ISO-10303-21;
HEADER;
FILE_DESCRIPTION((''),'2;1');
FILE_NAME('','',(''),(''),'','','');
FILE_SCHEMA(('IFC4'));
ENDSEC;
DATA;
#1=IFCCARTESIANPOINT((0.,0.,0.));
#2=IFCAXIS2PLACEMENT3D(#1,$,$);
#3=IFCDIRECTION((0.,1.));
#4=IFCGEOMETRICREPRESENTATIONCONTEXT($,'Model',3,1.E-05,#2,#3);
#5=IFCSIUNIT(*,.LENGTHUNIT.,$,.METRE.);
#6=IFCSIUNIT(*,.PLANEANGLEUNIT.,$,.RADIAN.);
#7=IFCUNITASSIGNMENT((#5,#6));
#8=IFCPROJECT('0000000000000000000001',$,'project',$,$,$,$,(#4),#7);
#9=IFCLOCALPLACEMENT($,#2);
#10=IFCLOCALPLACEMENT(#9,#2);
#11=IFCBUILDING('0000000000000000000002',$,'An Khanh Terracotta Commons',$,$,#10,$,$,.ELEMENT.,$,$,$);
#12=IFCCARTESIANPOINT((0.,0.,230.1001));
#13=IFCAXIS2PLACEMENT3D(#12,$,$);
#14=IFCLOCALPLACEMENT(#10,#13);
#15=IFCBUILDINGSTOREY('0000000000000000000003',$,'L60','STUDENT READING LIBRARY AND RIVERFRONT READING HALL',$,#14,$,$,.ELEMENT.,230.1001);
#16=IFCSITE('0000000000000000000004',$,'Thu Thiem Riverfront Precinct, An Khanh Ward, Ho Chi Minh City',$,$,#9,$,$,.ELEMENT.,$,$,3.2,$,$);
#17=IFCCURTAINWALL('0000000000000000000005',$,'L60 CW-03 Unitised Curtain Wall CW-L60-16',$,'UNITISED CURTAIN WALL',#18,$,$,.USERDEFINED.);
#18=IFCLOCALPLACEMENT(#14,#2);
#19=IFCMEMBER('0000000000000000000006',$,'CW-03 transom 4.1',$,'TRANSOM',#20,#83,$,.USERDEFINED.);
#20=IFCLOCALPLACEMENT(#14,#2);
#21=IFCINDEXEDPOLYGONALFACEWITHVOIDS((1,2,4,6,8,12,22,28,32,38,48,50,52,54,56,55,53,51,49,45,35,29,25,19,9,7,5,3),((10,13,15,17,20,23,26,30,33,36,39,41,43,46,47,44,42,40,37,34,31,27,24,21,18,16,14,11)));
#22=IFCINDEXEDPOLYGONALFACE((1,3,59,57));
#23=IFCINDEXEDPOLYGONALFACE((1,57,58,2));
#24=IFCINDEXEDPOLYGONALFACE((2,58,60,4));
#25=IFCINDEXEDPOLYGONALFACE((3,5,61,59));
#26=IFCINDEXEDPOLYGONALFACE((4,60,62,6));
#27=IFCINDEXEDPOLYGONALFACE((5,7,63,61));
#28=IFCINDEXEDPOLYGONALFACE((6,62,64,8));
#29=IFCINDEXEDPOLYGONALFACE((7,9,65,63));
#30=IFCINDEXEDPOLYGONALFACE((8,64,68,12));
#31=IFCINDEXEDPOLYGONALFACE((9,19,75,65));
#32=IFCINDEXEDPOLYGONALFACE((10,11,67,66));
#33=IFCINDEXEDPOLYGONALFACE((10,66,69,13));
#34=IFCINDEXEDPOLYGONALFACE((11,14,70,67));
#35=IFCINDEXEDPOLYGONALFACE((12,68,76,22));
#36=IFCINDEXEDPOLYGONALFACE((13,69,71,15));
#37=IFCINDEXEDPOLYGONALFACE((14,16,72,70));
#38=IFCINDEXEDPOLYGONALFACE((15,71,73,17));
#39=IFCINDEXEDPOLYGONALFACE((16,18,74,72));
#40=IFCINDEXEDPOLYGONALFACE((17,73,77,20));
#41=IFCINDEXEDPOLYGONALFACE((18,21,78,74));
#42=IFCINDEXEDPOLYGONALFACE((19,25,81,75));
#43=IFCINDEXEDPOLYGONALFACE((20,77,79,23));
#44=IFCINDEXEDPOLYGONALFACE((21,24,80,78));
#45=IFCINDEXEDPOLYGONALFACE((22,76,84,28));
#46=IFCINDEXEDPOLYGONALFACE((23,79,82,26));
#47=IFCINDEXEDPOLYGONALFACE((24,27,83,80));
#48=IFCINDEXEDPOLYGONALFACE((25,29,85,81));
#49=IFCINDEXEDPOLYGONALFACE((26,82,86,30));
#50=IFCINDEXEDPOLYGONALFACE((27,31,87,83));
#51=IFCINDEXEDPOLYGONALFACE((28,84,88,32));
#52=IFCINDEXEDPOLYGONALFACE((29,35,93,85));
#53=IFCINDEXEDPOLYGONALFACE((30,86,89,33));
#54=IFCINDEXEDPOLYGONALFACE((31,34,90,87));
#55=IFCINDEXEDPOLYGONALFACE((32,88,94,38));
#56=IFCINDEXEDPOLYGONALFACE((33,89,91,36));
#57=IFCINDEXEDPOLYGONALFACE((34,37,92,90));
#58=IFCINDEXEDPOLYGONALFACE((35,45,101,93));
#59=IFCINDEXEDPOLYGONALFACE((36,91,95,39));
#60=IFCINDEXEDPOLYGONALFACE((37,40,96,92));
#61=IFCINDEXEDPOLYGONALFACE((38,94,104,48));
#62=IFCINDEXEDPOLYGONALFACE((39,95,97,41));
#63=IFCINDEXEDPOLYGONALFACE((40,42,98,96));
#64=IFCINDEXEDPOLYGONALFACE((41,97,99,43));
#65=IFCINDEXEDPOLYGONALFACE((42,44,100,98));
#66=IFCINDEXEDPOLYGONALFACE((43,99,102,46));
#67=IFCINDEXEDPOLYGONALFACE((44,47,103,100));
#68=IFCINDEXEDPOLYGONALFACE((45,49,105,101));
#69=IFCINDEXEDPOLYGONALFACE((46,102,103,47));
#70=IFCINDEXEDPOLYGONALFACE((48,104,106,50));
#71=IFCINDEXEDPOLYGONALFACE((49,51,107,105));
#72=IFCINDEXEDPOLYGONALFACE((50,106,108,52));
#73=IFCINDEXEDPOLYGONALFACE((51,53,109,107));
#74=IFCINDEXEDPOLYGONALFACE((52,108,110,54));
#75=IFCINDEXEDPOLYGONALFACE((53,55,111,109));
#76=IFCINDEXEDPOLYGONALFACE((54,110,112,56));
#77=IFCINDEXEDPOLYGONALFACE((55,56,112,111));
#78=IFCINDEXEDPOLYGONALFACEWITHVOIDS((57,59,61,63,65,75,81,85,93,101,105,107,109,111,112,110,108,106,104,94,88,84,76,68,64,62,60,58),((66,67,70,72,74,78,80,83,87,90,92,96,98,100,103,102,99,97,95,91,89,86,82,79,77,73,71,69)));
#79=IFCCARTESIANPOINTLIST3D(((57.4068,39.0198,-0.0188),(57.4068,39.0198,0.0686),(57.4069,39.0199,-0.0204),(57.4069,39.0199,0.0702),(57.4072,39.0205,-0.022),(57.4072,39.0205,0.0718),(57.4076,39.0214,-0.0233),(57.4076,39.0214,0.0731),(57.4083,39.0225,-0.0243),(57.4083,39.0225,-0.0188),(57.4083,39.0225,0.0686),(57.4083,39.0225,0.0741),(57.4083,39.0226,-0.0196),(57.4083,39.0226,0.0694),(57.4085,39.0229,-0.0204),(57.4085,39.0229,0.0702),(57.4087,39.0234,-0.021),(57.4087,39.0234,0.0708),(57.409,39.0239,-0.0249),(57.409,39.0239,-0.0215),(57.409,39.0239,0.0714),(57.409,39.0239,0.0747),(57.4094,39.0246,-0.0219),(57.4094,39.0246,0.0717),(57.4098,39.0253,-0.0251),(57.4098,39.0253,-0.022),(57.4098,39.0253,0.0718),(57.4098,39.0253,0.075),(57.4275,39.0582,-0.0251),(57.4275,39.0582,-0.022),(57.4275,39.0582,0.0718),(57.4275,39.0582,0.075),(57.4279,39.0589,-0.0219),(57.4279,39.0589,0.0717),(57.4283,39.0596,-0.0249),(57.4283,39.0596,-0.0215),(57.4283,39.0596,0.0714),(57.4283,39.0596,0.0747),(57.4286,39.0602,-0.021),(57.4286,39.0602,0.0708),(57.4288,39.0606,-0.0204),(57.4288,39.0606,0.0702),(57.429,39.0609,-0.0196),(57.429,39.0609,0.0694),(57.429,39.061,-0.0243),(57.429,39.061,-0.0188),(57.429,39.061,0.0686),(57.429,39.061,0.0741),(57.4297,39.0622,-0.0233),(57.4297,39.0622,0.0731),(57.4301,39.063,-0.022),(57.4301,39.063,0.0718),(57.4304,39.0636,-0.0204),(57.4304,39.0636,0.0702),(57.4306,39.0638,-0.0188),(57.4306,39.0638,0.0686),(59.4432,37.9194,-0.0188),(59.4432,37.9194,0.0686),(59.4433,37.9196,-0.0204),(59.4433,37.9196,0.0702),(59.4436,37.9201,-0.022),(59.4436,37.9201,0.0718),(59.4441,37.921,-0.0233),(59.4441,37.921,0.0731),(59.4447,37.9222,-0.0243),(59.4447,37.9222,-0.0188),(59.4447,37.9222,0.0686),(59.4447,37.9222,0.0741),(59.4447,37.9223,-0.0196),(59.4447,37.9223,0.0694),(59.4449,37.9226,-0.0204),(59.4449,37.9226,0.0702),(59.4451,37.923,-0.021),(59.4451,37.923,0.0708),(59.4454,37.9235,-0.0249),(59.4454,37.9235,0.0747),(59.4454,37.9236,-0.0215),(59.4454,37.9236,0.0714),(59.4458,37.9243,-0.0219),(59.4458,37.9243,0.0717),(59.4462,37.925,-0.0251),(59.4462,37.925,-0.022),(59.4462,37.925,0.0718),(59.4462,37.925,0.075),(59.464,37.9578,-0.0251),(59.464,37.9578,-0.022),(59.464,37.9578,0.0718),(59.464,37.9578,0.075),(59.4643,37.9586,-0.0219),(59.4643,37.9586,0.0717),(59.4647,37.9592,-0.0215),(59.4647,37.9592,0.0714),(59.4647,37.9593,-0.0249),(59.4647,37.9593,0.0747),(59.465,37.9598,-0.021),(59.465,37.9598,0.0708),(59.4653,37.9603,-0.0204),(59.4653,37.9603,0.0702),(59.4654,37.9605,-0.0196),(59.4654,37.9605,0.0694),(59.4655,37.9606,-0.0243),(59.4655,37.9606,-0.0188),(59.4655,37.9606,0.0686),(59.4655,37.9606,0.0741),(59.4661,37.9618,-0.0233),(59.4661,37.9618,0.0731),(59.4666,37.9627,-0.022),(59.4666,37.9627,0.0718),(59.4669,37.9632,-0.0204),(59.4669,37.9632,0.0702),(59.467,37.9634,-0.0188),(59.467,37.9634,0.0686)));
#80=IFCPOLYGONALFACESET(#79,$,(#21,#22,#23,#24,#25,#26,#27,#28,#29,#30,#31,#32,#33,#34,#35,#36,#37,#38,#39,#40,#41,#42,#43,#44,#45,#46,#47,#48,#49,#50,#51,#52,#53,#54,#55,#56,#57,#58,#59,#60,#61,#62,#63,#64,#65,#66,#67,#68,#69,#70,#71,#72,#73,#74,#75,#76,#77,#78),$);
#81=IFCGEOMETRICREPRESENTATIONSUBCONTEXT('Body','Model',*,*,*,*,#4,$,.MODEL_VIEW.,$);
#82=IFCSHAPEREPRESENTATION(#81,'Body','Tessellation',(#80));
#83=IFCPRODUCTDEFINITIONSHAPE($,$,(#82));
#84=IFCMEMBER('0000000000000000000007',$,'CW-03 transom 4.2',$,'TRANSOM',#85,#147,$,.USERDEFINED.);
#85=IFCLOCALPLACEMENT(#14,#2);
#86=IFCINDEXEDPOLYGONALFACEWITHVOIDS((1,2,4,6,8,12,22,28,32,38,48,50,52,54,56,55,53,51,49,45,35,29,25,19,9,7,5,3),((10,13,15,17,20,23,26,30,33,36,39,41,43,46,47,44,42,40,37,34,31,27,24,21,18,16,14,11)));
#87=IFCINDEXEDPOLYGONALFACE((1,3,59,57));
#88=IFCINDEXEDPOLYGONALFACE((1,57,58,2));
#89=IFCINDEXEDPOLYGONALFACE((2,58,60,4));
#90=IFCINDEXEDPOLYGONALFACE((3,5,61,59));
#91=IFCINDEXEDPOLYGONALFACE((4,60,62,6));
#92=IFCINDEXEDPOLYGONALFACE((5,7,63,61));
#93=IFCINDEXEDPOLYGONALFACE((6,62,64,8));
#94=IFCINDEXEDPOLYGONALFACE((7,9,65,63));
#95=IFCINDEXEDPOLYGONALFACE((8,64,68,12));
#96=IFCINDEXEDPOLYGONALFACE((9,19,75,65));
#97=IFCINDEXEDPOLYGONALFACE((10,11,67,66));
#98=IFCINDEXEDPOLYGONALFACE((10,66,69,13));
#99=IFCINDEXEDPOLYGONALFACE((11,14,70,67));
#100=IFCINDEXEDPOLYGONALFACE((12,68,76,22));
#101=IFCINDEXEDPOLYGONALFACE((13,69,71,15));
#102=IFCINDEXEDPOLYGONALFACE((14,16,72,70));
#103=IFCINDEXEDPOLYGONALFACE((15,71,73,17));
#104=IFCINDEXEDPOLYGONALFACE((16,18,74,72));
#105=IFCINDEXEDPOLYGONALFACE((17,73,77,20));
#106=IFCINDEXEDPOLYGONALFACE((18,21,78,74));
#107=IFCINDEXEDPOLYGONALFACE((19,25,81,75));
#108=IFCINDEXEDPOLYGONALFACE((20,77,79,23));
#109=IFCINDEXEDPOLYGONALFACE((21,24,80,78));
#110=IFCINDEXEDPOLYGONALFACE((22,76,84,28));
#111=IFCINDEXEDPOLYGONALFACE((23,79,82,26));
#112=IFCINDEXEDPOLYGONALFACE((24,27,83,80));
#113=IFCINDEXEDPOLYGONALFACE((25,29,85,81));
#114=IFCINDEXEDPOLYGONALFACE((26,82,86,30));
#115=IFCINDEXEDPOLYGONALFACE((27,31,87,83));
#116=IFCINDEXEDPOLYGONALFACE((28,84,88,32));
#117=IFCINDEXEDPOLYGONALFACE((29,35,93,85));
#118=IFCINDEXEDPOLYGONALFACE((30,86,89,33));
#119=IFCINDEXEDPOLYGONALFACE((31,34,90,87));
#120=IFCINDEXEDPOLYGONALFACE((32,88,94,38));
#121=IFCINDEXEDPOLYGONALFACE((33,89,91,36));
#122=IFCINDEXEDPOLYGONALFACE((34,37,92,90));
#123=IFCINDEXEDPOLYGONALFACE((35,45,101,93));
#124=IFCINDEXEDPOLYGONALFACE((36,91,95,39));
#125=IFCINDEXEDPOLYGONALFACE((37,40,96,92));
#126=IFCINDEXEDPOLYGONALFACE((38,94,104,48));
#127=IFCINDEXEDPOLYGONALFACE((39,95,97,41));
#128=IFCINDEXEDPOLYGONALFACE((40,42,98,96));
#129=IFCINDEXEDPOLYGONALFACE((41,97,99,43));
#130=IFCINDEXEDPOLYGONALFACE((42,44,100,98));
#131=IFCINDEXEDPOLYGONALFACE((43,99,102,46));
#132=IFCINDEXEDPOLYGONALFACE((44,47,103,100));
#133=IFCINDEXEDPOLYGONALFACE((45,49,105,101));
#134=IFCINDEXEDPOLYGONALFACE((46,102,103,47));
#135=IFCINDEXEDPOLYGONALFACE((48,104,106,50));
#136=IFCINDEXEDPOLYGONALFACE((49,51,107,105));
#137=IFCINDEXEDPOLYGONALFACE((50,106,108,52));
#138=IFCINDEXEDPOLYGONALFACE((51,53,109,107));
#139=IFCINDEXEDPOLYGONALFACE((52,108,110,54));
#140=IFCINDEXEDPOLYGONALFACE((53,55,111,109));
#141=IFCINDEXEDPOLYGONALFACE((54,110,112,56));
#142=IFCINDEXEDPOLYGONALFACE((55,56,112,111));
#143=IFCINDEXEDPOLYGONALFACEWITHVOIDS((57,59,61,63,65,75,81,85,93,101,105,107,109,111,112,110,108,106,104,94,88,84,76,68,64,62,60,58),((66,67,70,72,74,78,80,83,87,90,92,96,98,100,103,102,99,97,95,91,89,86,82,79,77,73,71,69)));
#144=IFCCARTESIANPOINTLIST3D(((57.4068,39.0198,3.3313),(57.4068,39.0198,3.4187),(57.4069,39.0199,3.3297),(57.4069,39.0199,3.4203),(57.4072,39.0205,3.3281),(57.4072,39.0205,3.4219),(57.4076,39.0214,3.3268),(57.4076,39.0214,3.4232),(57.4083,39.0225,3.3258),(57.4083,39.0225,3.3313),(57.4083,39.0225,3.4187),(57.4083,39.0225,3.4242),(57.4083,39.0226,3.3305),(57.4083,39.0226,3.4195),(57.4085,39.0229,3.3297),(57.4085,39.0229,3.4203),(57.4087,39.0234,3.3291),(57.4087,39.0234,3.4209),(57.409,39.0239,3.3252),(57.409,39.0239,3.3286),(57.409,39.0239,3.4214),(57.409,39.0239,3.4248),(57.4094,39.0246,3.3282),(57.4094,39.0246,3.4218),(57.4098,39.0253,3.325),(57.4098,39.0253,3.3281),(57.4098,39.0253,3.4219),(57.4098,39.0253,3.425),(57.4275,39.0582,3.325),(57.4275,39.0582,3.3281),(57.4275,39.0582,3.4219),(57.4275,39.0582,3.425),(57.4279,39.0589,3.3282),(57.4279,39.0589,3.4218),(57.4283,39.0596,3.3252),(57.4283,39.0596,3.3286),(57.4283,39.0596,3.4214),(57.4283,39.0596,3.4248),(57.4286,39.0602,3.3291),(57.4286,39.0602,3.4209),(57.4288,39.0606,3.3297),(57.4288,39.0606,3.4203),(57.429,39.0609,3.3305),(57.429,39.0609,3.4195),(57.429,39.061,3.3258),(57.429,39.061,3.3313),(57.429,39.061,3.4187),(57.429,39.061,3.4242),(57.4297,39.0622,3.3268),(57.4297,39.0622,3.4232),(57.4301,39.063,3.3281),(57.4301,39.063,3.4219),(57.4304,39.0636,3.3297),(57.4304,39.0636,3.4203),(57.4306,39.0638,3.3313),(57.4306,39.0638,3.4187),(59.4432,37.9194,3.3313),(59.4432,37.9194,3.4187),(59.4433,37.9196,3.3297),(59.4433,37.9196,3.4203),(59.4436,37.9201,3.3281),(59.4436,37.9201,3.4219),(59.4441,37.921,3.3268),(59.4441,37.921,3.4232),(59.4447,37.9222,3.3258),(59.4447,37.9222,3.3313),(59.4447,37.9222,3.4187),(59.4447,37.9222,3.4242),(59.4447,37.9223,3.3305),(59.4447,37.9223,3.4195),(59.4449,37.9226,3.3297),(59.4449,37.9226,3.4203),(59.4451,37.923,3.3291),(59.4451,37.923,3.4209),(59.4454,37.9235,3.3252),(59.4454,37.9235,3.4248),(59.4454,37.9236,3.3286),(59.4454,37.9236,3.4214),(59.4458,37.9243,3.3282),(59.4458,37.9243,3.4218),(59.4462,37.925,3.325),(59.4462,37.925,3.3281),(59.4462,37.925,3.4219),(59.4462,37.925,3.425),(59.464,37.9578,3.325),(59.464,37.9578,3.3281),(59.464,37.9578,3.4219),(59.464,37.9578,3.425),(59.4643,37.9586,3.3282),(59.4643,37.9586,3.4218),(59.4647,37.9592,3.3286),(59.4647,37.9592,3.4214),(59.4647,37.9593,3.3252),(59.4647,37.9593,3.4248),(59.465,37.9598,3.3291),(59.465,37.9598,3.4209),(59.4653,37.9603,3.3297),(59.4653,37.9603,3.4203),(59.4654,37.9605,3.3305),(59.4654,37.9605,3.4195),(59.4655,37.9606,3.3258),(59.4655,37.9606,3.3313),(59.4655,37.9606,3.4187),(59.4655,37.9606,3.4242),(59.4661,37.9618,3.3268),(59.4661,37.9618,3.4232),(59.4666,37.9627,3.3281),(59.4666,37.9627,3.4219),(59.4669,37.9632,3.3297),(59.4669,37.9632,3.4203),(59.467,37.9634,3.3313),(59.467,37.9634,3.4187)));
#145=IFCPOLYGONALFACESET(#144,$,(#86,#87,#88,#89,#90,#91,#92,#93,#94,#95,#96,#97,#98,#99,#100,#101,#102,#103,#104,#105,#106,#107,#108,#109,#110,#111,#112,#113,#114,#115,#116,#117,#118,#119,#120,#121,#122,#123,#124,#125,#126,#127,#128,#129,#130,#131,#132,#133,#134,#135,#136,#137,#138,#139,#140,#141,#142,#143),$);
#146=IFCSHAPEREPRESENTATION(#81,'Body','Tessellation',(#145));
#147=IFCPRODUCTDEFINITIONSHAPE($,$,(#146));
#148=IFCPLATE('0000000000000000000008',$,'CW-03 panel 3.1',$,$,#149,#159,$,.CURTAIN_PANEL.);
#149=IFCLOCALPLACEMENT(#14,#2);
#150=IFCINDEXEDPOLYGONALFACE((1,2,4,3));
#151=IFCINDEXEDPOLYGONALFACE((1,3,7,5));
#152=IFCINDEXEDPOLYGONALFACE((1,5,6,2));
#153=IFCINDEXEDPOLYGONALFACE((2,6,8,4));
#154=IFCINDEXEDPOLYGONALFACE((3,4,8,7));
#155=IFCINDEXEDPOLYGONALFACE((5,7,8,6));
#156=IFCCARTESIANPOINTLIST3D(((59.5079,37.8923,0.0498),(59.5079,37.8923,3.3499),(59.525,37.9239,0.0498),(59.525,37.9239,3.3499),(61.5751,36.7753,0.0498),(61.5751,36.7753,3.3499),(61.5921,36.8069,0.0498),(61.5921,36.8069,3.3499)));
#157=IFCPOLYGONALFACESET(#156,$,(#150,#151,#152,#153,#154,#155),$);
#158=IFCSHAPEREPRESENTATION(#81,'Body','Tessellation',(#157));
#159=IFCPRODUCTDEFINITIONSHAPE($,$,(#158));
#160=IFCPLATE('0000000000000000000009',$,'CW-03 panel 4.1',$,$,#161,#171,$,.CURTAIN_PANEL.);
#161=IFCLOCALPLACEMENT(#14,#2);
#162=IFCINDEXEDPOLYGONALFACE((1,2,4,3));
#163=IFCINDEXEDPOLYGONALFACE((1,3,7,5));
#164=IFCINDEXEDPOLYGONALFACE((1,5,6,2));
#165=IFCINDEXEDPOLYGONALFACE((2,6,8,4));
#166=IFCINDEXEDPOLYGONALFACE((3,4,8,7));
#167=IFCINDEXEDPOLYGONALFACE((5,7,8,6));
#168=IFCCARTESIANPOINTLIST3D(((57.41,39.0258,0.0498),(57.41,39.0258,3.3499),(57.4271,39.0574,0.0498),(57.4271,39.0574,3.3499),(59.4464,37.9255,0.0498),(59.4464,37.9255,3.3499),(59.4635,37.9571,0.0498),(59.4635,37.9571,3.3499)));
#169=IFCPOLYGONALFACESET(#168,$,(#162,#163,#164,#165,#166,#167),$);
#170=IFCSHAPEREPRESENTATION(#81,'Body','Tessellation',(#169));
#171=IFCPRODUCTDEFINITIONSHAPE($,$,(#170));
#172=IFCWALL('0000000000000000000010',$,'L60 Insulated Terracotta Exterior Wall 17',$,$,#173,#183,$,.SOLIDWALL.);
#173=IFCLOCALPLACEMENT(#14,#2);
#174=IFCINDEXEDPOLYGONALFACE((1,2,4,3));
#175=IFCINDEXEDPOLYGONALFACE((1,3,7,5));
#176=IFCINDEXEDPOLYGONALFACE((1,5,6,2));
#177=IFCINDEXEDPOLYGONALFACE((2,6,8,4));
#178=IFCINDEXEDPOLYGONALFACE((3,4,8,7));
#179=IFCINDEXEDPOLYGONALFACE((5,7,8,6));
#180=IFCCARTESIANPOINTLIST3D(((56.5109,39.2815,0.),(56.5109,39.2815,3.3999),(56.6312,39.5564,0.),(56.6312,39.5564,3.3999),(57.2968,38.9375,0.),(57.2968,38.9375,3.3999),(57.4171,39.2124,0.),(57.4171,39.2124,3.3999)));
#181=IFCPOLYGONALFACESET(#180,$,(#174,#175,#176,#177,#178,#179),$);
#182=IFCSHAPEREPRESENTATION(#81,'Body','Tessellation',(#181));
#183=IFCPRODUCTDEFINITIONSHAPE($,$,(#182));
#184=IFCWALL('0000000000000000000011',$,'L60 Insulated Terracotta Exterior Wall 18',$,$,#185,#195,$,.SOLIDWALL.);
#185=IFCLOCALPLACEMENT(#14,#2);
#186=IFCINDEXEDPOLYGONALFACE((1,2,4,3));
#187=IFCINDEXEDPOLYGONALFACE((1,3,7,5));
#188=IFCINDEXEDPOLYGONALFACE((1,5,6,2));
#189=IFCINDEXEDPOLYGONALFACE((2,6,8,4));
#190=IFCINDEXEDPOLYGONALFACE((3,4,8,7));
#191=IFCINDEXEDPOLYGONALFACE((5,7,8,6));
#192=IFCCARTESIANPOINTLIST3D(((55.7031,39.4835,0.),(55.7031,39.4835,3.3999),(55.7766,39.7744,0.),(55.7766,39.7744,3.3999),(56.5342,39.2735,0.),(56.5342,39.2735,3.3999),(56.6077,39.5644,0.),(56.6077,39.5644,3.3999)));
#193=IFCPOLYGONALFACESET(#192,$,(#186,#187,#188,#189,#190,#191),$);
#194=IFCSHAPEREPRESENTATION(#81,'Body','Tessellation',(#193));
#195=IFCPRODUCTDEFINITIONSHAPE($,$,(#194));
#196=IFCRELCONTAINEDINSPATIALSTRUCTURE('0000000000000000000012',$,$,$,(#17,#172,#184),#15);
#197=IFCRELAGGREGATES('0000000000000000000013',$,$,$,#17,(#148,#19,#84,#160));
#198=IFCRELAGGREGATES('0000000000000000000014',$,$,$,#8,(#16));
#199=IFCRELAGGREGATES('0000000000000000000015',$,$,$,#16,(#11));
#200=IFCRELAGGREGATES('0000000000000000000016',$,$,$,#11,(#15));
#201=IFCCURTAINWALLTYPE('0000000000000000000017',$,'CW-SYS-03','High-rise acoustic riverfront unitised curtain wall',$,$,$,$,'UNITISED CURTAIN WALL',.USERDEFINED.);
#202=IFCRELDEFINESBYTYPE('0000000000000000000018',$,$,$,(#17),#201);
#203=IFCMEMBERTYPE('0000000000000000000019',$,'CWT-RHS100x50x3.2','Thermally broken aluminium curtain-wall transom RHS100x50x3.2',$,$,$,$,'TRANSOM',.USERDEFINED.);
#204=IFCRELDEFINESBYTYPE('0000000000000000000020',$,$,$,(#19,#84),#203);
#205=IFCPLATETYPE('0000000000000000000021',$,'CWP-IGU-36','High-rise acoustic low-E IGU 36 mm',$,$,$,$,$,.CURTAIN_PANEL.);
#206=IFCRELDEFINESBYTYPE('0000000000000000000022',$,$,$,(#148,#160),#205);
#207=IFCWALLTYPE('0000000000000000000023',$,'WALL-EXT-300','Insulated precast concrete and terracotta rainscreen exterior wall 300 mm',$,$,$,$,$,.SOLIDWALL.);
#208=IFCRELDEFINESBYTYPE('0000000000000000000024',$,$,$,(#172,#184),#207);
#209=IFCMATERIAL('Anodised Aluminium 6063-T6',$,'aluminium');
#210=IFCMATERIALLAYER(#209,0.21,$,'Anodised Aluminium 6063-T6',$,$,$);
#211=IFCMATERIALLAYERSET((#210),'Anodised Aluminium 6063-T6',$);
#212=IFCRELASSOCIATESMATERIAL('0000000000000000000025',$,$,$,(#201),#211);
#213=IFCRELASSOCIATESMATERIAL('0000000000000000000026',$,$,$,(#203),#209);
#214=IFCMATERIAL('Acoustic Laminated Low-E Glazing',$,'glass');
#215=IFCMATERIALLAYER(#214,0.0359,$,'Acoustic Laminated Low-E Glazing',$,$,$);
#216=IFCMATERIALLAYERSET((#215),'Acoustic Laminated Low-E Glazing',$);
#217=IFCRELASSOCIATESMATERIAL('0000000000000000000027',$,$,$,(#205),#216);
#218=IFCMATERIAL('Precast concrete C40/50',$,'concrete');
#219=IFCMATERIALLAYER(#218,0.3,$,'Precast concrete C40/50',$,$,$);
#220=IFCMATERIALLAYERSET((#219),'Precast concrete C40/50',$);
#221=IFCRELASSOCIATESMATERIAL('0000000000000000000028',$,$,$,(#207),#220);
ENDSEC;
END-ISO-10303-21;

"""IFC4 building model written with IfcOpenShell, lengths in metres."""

from ifc_helpers import new_model, si_unit, direction, frame, frame_2d, origin, origin_2d, place, context, subcontext, project, spatial, rectangle, hollow_rectangle, extrude, material, layer, layer_set, material_profile, profile_set, type_object, element, aggregate, save


model = new_model("IFC4")

# Units and contexts
model_context = context("Model", 3, precision=1e-05, world=origin(), true_north=direction((0.0, 1.0)))
body_context = subcontext(model_context, "Body", "Model", "MODEL_VIEW")
ifc_project = project(units=[si_unit("LENGTHUNIT", "METRE"), si_unit("PLANEANGLEUNIT", "RADIAN")], contexts=[model_context])

# Site, building, storey
site_placement = place(None, origin())
site = spatial("IfcSite", under=ifc_project, at=site_placement, Name="Thu Thiem Riverfront Precinct, An Khanh Ward, Ho Chi Minh City", CompositionType="ELEMENT", RefElevation=3.2)
building_placement = place(site_placement, origin())
building = spatial("IfcBuilding", under=site, at=building_placement, Name="An Khanh Terracotta Commons", CompositionType="ELEMENT")
storey_placement = place(building_placement, frame((0.0, 0.0, 230.1001)))
storey = spatial("IfcBuildingStorey", under=building, at=storey_placement, Name="L60", Description="STUDENT READING LIBRARY AND RIVERFRONT READING HALL", CompositionType="ELEMENT", Elevation=230.1001)

# Curtain wall, members, plates
ifc_material_1 = material(Name="Anodised Aluminium 6063-T6", Category="aluminium")
ifc_layer_1 = layer(ifc_material_1, 0.21, Name="Anodised Aluminium 6063-T6")
ifc_layer_set_1 = layer_set([ifc_layer_1], Name="Anodised Aluminium 6063-T6")
curtain_wall_type = type_object("IfcCurtainWallType", Name="CW-SYS-03", Description="High-rise acoustic riverfront unitised curtain wall", ElementType="UNITISED CURTAIN WALL", PredefinedType="USERDEFINED", material=ifc_layer_set_1)
curtain_wall_placement = place(storey_placement, origin())
curtain_wall = element("IfcCurtainWall", 1, at=curtain_wall_placement, inside=storey, type_object=curtain_wall_type, Name="L60 CW-03 Unitised Curtain Wall CW-L60-16", ObjectType="UNITISED CURTAIN WALL", PredefinedType="USERDEFINED")
ifc_material_profile_1 = material_profile(ifc_material_1, hollow_rectangle(XDim=0.05, YDim=0.1001, WallThickness=0.0032, InnerFilletRadius=0.0032, OuterFilletRadius=0.0063, at=origin_2d()), Name="RHS100x50x3.2")
ifc_profile_set_1 = profile_set([ifc_material_profile_1], Name="Anodised Aluminium 6063-T6")
member_type_1 = type_object("IfcMemberType", Name="CWT-RHS100x50x3.2", Description="Thermally broken aluminium curtain-wall transom RHS100x50x3.2", ElementType="TRANSOM", PredefinedType="USERDEFINED", material=ifc_profile_set_1)
member_1_placement = place(storey_placement, frame((59.4551, 37.9414, 0.0249), z_axis=(-0.879779, 0.475382, 0.0), x_axis=(-0.475382, -0.879779, 0.0)))
member_1 = element("IfcMember", 2, at=member_1_placement, type_object=member_type_1, Name="CW-03 transom 4.1", ObjectType="TRANSOM", PredefinedType="USERDEFINED", context=body_context, shape_type="SweptSolid", body=[
    extrude(hollow_rectangle(XDim=0.05, YDim=0.1001, WallThickness=0.0032, InnerFilletRadius=0.0032, OuterFilletRadius=0.0063, at=origin_2d()), origin(), (0.0, 0.0, 1.0), 2.3147),
])
member_2_placement = place(storey_placement, frame((59.4551, 37.9414, 3.375), z_axis=(-0.879779, 0.475382, 0.0), x_axis=(-0.475382, -0.879779, 0.0)))
member_2 = element("IfcMember", 3, at=member_2_placement, type_object=member_type_1, Name="CW-03 transom 4.2", ObjectType="TRANSOM", PredefinedType="USERDEFINED", context=body_context, shape_type="SweptSolid", body=[
    extrude(hollow_rectangle(XDim=0.05, YDim=0.1001, WallThickness=0.0032, InnerFilletRadius=0.0032, OuterFilletRadius=0.0063, at=origin_2d()), origin(), (0.0, 0.0, 1.0), 2.3147),
])
ifc_material_2 = material(Name="Acoustic Laminated Low-E Glazing", Category="glass")
ifc_layer_2 = layer(ifc_material_2, 0.0359, Name="Acoustic Laminated Low-E Glazing")
ifc_layer_set_2 = layer_set([ifc_layer_2], Name="Acoustic Laminated Low-E Glazing")
plate_type = type_object("IfcPlateType", Name="CWP-IGU-36", Description="High-rise acoustic low-E IGU 36 mm", PredefinedType="CURTAIN_PANEL", material=ifc_layer_set_2)
plate_1_placement = place(storey_placement, frame((60.55, 37.3496, 0.0498), z_axis=(0.0, 0.0, 1.0), x_axis=(-0.87978, 0.475381, 0.0)))
plate_1 = element("IfcPlate", 4, at=plate_1_placement, type_object=plate_type, Name="CW-03 panel 3.1", PredefinedType="CURTAIN_PANEL", context=body_context, shape_type="SweptSolid", body=[
    extrude(rectangle(XDim=2.3496, YDim=0.0359, at=origin_2d()), origin(), (0.0, 0.0, 1.0), 3.3),
])
plate_2_placement = place(storey_placement, frame((58.4368, 38.4915, 0.0498), z_axis=(0.0, 0.0, 1.0), x_axis=(-0.87978, 0.475381, 0.0)))
plate_2 = element("IfcPlate", 5, at=plate_2_placement, type_object=plate_type, Name="CW-03 panel 4.1", PredefinedType="CURTAIN_PANEL", context=body_context, shape_type="SweptSolid", body=[
    extrude(rectangle(XDim=2.3147, YDim=0.0359, at=origin_2d()), origin(), (0.0, 0.0, 1.0), 3.3),
])
aggregate(curtain_wall, [plate_1, member_1, member_2, plate_2])

# Walls
ifc_material_3 = material(Name="Precast concrete C40/50", Category="concrete")
ifc_layer_3 = layer(ifc_material_3, 0.3, Name="Precast concrete C40/50")
ifc_layer_set_3 = layer_set([ifc_layer_3], Name="Precast concrete C40/50")
wall_type = type_object("IfcWallType", Name="WALL-EXT-300", Description="Insulated precast concrete and terracotta rainscreen exterior wall 300 mm", PredefinedType="SOLIDWALL", material=ifc_layer_set_3)
wall_1_placement = place(storey_placement, frame((57.3569, 39.075, 0.0), z_axis=(0.0, 0.0, 1.0), x_axis=(-0.916085, 0.400983, 0.0)))
element("IfcWall", 6, at=wall_1_placement, inside=storey, type_object=wall_type, Name="L60 Insulated Terracotta Exterior Wall 17", PredefinedType="SOLIDWALL", context=body_context, shape_type="SweptSolid", body=[
    extrude(rectangle(XDim=0.8579, YDim=0.3, at=frame_2d((0.429, 0.0))), origin(), (0.0, 0.0, 1.0), 3.3999),
])
wall_2_placement = place(storey_placement, frame((56.571, 39.4189, 0.0), z_axis=(0.0, 0.0, 1.0), x_axis=(-0.969536, 0.244947, 0.0)))
element("IfcWall", 7, at=wall_2_placement, inside=storey, type_object=wall_type, Name="L60 Insulated Terracotta Exterior Wall 18", PredefinedType="SOLIDWALL", context=body_context, shape_type="SweptSolid", body=[
    extrude(rectangle(XDim=0.8572, YDim=0.3, at=frame_2d((0.4287, 0.0))), origin(), (0.0, 0.0, 1.0), 3.3999),
])

save(model, "model.ifc")
